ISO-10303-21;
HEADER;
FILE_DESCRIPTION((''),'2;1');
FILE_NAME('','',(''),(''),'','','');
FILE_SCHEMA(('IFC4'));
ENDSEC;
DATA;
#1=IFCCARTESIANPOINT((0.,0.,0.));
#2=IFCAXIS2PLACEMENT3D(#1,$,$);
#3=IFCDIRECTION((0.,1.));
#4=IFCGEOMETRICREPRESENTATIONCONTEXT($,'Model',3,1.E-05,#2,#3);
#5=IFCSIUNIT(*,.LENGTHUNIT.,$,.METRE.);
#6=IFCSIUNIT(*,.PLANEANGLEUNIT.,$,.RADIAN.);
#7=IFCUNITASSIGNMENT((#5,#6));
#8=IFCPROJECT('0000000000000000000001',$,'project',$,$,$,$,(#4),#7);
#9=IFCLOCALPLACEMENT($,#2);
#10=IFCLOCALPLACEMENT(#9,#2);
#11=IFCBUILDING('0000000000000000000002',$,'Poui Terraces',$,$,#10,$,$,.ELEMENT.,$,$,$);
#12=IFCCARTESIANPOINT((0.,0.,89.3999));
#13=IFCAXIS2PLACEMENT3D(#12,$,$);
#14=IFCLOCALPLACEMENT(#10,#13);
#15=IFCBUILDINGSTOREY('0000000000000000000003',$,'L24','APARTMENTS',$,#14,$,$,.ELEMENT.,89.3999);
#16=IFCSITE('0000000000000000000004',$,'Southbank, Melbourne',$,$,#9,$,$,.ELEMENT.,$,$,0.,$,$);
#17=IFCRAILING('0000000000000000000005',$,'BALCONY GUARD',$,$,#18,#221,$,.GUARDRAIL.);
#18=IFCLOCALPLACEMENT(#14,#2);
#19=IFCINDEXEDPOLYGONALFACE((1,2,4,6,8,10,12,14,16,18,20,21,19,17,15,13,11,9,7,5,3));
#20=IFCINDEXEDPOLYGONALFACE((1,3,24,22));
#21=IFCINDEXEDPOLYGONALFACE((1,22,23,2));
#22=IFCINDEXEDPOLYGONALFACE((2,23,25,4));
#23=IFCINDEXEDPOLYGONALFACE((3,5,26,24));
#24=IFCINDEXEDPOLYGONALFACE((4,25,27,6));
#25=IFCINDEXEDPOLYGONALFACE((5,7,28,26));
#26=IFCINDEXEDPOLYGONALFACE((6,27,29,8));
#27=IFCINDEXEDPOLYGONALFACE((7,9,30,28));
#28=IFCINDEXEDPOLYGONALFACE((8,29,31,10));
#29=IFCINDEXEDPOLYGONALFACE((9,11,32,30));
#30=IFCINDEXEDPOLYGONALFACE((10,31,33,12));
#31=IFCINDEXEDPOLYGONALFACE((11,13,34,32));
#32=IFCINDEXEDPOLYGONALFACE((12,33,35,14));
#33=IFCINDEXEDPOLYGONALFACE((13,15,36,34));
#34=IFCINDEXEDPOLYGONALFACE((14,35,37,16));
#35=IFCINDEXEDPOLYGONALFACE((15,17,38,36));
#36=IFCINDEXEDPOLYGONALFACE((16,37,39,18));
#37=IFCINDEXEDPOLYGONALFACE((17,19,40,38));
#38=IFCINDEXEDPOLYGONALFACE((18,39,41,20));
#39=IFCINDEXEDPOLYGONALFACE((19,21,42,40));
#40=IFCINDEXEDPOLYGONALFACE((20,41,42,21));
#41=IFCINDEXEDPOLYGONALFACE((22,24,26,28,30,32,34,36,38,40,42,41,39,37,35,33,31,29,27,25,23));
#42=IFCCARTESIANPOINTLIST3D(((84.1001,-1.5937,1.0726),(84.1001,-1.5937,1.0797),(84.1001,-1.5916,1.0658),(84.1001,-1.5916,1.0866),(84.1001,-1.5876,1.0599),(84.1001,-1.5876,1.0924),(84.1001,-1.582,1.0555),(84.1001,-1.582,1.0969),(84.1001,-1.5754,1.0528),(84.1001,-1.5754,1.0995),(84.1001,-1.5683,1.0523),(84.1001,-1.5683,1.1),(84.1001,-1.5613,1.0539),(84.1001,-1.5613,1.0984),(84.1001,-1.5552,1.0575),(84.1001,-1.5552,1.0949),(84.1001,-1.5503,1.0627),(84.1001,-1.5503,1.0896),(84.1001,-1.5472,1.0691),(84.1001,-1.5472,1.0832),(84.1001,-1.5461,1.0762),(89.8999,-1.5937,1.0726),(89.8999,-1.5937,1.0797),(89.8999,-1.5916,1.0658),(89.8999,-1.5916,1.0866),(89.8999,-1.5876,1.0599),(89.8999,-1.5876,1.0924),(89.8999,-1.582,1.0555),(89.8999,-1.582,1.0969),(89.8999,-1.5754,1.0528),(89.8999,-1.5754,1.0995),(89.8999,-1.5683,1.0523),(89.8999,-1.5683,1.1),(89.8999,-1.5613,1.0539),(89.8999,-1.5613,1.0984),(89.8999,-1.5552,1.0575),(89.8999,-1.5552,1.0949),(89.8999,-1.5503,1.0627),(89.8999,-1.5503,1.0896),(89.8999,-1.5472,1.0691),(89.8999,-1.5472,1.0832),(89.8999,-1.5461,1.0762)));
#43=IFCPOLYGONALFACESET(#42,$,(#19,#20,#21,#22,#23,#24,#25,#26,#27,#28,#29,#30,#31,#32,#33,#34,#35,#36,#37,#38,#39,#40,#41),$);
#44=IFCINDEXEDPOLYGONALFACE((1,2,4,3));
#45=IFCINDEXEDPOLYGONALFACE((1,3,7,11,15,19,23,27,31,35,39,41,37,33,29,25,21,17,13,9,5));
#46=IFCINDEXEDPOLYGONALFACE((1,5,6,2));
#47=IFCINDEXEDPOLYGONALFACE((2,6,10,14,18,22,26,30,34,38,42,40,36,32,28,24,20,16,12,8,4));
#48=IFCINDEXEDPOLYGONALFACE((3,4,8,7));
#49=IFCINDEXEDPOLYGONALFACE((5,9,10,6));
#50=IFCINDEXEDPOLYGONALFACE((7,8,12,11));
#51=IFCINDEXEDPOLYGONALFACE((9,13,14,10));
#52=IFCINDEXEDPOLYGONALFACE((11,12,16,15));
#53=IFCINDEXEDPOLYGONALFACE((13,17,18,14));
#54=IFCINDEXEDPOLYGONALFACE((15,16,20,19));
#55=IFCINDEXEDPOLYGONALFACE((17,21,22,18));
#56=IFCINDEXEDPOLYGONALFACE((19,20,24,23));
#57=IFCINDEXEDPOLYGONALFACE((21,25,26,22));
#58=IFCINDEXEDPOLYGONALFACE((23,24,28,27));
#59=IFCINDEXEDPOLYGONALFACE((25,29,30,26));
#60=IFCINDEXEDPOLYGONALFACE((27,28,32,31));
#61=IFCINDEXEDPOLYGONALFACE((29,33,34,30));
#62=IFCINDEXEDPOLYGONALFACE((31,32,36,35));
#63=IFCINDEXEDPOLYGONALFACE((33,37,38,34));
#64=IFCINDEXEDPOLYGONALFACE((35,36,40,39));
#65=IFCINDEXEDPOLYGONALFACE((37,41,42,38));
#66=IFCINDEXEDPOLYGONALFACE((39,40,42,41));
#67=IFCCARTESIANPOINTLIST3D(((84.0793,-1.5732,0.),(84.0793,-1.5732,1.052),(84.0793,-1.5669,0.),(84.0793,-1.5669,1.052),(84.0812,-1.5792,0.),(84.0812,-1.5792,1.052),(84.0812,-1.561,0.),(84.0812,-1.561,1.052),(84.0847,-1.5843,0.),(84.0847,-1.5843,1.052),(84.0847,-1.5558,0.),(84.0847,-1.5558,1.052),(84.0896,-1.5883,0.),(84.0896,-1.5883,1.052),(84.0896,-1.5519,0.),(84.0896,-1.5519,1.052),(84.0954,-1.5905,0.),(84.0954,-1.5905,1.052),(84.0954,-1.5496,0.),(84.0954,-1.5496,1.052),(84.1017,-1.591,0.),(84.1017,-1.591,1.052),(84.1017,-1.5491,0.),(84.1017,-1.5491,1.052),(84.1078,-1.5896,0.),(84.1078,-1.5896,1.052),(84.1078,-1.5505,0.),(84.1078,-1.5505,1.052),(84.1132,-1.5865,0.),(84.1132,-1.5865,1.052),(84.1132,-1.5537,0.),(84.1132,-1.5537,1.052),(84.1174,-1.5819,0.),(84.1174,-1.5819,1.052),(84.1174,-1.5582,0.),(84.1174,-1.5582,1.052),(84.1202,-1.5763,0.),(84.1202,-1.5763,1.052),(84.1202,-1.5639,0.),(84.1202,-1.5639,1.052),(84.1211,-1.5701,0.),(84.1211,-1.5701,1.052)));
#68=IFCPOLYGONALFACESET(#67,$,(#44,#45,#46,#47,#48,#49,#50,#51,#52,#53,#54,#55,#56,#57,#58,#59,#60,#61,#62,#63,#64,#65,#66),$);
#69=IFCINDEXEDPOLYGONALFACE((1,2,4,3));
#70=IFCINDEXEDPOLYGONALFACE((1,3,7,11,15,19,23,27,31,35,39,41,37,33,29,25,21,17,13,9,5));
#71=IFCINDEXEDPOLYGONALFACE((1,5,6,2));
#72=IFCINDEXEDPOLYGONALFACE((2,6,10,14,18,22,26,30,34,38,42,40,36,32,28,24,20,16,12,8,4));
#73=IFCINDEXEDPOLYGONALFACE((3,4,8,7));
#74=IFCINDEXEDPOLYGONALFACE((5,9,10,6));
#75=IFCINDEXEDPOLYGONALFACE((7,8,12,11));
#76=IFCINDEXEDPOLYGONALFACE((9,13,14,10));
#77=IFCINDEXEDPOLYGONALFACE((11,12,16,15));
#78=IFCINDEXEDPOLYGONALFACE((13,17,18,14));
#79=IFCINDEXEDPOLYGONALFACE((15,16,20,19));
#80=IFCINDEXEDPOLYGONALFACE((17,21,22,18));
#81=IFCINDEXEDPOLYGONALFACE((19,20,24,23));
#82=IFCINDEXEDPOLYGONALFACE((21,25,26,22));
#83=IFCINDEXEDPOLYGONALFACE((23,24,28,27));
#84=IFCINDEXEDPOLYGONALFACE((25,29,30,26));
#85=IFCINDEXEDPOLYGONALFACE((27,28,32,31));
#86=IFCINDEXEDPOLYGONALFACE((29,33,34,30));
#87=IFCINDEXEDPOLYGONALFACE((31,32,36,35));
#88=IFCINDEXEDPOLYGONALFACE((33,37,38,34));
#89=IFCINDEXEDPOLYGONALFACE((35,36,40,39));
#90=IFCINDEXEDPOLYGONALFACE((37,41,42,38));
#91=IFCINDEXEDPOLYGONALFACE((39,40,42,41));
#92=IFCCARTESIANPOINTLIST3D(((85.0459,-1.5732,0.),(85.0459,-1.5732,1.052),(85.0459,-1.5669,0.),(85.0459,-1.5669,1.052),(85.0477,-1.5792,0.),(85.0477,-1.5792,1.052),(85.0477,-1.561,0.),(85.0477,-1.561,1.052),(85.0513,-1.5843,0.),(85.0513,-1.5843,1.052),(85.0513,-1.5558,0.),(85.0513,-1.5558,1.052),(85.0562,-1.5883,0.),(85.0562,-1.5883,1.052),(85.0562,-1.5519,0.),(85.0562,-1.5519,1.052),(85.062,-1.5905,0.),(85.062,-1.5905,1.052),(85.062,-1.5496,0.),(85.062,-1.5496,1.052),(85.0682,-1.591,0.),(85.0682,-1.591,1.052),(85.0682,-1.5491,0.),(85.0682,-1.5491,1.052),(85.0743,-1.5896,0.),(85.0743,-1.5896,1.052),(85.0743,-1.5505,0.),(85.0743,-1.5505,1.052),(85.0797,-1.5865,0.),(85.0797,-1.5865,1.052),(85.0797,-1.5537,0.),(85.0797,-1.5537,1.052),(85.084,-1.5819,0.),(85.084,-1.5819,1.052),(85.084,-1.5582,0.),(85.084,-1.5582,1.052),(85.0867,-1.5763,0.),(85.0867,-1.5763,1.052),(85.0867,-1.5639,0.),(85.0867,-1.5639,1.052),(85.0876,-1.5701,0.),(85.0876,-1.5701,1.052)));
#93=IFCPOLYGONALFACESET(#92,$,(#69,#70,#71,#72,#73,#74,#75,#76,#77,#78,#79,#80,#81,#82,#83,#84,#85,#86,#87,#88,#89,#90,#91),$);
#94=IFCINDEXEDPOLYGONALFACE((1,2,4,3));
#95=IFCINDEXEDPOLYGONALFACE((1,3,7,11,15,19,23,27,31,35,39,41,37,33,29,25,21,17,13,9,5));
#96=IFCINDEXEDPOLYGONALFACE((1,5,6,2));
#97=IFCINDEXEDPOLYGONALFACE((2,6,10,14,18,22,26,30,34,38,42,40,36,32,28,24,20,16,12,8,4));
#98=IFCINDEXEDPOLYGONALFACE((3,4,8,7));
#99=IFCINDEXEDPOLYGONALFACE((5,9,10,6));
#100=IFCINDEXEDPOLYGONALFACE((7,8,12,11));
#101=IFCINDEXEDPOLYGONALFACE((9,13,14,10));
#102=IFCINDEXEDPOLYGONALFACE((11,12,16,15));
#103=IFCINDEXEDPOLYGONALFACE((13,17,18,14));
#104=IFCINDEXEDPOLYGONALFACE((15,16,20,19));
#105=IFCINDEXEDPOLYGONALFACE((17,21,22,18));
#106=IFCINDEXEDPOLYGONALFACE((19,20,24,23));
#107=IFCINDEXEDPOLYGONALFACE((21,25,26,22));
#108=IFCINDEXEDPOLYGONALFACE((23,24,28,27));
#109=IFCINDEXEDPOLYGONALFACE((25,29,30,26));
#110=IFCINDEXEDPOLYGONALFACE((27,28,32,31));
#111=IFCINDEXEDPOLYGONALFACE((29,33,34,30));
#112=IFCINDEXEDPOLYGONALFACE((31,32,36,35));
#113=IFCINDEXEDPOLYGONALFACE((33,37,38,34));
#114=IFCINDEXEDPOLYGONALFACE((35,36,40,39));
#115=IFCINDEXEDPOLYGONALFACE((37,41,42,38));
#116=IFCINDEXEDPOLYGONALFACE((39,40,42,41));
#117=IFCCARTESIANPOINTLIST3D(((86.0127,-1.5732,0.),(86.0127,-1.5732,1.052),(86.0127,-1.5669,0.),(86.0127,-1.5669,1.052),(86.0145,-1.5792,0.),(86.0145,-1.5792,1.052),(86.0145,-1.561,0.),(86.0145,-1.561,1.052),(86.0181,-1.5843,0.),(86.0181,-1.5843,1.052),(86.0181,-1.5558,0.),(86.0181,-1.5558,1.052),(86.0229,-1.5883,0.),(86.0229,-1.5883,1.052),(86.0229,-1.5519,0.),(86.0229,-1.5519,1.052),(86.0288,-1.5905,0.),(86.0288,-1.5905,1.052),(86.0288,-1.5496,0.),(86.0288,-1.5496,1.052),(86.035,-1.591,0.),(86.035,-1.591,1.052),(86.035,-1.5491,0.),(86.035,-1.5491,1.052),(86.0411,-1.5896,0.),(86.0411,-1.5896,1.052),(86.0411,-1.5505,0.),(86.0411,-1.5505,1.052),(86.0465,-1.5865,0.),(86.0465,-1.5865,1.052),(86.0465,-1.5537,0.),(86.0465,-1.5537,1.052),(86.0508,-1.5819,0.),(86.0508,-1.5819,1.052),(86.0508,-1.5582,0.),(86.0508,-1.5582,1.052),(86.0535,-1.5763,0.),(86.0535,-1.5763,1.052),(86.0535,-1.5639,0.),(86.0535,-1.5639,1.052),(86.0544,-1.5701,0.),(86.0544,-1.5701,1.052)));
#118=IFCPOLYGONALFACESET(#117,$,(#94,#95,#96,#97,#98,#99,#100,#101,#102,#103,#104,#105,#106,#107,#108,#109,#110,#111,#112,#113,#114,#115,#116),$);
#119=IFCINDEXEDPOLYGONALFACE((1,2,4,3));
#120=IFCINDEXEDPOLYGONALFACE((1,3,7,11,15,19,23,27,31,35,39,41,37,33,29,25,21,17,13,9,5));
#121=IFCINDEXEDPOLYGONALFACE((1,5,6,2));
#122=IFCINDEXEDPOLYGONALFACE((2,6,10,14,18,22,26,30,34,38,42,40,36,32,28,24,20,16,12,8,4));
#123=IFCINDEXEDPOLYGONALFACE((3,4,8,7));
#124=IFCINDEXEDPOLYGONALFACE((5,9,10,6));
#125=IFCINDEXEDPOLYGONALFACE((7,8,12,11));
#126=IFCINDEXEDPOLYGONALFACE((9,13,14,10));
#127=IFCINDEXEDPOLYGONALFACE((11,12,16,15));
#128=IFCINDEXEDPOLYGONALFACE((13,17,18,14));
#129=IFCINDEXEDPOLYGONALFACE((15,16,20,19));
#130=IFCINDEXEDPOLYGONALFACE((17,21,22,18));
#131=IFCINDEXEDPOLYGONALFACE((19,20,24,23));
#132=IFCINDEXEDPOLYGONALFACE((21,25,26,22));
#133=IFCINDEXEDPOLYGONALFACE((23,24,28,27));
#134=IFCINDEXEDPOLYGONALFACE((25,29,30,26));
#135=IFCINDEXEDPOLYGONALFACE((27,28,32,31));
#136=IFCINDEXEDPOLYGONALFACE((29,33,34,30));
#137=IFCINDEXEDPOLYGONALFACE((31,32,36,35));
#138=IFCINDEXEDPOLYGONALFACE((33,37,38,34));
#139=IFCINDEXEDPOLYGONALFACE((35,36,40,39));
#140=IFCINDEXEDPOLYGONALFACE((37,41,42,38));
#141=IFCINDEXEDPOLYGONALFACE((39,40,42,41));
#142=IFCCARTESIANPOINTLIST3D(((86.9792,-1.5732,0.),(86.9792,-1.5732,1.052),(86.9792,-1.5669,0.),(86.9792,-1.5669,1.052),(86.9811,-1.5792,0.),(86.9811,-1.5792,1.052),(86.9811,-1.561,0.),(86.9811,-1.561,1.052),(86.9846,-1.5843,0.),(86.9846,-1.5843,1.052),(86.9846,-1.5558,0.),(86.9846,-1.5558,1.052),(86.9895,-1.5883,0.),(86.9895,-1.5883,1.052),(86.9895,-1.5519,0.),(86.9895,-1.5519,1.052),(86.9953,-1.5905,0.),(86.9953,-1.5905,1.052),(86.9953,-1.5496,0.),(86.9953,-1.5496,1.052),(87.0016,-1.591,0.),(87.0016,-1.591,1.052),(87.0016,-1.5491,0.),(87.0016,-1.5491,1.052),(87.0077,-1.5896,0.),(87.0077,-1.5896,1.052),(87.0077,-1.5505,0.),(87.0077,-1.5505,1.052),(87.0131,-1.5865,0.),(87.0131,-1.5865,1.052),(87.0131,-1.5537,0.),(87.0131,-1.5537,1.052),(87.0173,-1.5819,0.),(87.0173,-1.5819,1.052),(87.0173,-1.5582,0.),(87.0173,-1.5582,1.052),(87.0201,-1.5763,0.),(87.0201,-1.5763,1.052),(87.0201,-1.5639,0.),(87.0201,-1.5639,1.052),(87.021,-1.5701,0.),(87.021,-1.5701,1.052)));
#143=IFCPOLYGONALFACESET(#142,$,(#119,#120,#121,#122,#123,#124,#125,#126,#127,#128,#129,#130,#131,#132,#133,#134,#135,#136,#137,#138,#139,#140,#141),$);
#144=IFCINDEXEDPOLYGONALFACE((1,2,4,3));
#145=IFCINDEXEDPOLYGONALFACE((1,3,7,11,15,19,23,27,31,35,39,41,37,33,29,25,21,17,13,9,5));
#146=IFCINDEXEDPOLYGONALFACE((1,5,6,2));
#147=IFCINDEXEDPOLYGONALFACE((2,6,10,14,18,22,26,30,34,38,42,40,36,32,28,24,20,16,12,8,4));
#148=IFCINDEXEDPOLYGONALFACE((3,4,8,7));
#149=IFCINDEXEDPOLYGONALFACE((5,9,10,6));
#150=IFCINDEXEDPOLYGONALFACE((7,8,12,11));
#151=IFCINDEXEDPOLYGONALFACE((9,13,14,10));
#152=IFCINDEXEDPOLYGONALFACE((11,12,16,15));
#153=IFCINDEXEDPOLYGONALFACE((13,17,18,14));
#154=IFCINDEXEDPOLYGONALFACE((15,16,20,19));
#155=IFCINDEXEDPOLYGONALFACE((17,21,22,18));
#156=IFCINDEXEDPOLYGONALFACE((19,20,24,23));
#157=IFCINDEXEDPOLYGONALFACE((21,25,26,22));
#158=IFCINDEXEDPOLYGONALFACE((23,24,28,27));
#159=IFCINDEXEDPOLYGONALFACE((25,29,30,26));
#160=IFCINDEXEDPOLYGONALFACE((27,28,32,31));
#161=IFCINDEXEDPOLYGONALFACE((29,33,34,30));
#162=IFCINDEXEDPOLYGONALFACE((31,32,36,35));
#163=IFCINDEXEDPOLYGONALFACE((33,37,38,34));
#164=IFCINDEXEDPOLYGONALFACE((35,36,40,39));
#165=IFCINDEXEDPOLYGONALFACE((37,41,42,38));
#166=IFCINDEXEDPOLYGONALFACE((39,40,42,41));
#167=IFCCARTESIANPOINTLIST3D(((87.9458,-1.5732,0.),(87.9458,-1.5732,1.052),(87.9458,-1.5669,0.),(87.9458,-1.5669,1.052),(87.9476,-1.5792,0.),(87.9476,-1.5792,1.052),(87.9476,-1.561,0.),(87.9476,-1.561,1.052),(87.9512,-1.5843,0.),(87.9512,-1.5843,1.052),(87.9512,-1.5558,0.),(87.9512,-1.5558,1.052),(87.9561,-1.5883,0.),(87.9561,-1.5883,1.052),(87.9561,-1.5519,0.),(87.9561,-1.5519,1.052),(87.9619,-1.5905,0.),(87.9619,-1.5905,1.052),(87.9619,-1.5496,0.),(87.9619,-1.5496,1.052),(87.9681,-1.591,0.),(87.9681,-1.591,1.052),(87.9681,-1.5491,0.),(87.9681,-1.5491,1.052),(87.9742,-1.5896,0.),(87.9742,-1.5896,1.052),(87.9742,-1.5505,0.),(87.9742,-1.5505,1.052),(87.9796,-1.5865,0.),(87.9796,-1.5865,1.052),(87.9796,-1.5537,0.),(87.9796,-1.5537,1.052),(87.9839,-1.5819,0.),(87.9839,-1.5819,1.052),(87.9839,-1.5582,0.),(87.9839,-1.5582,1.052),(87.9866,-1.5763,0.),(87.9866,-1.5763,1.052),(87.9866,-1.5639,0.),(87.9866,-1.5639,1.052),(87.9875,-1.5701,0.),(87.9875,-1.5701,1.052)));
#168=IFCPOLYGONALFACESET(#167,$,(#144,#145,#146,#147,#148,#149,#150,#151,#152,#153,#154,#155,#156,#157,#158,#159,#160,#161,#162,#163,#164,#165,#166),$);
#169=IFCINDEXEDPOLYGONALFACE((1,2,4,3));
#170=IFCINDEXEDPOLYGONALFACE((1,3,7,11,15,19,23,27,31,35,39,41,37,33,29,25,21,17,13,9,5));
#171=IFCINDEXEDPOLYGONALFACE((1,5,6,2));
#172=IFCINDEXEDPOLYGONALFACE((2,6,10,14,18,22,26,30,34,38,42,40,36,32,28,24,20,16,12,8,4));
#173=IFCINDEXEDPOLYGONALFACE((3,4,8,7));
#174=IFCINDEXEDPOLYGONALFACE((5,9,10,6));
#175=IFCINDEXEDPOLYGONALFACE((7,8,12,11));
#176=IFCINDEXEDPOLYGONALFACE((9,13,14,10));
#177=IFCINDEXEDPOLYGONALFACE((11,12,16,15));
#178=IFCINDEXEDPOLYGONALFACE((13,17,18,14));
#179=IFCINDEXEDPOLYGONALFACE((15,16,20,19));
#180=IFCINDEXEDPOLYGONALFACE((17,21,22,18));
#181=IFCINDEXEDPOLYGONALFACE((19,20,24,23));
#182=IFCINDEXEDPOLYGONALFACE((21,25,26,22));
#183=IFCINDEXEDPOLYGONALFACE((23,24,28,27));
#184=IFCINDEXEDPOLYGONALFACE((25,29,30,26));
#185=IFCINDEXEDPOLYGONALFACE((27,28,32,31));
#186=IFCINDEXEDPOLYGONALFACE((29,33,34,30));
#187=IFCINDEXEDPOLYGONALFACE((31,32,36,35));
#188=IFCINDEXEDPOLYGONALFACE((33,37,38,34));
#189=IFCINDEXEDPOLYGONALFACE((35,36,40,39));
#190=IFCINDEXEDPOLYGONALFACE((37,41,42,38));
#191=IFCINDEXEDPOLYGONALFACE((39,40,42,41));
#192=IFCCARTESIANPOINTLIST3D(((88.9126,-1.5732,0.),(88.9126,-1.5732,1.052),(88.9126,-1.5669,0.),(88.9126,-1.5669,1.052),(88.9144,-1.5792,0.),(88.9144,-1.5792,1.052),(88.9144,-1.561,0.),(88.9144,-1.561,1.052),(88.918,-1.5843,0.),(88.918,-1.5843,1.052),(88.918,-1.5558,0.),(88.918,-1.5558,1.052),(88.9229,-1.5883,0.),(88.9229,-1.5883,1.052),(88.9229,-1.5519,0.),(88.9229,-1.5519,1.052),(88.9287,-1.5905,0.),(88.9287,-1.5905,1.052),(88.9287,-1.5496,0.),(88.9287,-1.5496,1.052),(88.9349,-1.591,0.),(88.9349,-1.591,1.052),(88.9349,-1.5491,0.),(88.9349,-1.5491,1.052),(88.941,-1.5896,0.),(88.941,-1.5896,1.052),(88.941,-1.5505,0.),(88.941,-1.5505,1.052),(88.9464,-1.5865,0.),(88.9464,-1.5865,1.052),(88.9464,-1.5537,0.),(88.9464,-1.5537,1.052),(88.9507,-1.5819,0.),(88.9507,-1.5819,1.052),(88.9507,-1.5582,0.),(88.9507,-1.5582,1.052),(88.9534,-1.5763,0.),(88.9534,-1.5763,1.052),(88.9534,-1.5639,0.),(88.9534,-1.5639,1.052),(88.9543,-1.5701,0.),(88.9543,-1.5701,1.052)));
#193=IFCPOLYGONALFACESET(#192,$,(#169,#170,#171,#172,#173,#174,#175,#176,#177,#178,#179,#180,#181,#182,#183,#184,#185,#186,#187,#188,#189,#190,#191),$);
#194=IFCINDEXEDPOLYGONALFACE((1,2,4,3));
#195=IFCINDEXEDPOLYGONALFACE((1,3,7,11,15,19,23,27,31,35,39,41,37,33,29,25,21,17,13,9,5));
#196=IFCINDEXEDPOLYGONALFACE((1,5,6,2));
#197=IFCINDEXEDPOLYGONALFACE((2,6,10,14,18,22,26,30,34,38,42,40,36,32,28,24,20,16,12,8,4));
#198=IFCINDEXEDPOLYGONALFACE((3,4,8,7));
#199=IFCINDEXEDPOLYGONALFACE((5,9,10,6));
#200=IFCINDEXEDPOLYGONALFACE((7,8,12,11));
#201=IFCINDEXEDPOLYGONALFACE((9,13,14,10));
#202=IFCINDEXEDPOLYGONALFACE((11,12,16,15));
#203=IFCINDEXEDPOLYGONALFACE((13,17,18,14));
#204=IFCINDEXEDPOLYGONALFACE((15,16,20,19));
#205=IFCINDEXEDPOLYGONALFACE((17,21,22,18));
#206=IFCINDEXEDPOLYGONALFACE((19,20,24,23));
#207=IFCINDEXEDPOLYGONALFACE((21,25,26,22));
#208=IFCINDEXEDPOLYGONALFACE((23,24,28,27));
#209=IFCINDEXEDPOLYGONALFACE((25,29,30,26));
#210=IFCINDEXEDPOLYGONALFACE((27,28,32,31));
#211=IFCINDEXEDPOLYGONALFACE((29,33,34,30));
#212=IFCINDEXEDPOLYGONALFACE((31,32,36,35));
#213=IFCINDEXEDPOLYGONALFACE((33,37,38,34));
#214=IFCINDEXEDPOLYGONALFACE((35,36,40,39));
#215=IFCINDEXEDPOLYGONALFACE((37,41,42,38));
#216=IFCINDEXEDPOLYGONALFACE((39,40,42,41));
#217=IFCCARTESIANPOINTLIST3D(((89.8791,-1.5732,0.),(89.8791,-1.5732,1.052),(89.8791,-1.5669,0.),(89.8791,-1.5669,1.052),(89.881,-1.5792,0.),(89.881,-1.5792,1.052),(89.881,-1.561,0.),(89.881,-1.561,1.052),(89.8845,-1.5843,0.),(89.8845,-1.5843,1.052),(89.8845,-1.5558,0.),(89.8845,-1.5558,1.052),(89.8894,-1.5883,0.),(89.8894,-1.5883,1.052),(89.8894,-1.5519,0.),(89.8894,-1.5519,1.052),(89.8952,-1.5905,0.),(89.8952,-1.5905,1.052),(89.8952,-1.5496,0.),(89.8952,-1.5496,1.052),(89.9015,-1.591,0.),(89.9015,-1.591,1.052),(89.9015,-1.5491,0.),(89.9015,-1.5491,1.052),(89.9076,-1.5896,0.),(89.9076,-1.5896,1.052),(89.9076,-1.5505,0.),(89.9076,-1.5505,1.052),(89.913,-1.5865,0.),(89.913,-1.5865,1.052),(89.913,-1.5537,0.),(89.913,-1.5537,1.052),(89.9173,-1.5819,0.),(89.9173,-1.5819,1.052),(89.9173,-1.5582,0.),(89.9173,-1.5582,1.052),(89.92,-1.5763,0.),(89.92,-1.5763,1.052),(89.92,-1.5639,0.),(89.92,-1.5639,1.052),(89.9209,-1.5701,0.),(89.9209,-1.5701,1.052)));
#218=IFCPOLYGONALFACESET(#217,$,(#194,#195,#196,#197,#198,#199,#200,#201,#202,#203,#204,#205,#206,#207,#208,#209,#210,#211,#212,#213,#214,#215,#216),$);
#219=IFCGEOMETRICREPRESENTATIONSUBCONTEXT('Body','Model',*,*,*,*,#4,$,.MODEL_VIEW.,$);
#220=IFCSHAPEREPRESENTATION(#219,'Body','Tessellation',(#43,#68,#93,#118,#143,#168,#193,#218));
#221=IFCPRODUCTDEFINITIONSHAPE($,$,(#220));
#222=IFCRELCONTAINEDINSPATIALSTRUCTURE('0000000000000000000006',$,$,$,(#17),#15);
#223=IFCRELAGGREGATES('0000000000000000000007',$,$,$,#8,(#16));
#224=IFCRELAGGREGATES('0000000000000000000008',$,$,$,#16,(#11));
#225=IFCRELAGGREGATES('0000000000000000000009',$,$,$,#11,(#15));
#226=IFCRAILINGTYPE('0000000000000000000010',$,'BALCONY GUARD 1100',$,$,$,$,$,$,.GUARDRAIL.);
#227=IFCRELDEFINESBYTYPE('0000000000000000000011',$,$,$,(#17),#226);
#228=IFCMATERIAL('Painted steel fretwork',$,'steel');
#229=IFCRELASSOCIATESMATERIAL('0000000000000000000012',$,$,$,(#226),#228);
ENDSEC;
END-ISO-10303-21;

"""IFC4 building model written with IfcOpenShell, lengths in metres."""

from ifc_helpers import new_model, si_unit, direction, frame, origin, origin_2d, place, context, subcontext, project, spatial, circle, extrude, material, type_object, element, save


model = new_model("IFC4")

# Units and contexts
model_context = context("Model", 3, precision=1e-05, world=origin(), true_north=direction((0.0, 1.0)))
body_context = subcontext(model_context, "Body", "Model", "MODEL_VIEW")
ifc_project = project(units=[si_unit("LENGTHUNIT", "METRE"), si_unit("PLANEANGLEUNIT", "RADIAN")], contexts=[model_context])

# Site, building, storey
site_placement = place(None, origin())
site = spatial("IfcSite", under=ifc_project, at=site_placement, Name="Southbank, Melbourne", CompositionType="ELEMENT", RefElevation=0.0)
building_placement = place(site_placement, origin())
building = spatial("IfcBuilding", under=site, at=building_placement, Name="Poui Terraces", CompositionType="ELEMENT")
storey_placement = place(building_placement, frame((0.0, 0.0, 89.3999)))
storey = spatial("IfcBuildingStorey", under=building, at=storey_placement, Name="L24", Description="APARTMENTS", CompositionType="ELEMENT", Elevation=89.3999)

# Railing
ifc_material_1 = material(Name="Painted steel fretwork", Category="steel")
railing_type = type_object("IfcRailingType", Name="BALCONY GUARD 1100", PredefinedType="GUARDRAIL", material=ifc_material_1)
railing_placement = place(storey_placement, frame((84.1001, -1.5701, 0.0)))
element("IfcRailing", 1, at=railing_placement, inside=storey, type_object=railing_type, Name="BALCONY GUARD", PredefinedType="GUARDRAIL", context=body_context, shape_type="SweptSolid", body=[
    extrude(circle(Radius=0.0239, at=origin_2d()), frame((0.0, 0.0, 1.0762), z_axis=(1.0, 0.0, 0.0), x_axis=(0.0, 1.0, 0.0)), (0.0, 0.0, 1.0), 5.7998),
    extrude(circle(Radius=0.021, at=origin_2d()), origin(), (0.0, 0.0, 1.0), 1.052),
    extrude(circle(Radius=0.021, at=origin_2d()), frame((0.9666, 0.0, 0.0)), (0.0, 0.0, 1.0), 1.052),
    extrude(circle(Radius=0.021, at=origin_2d()), frame((1.9333, 0.0, 0.0)), (0.0, 0.0, 1.0), 1.052),
    extrude(circle(Radius=0.021, at=origin_2d()), frame((2.8999, 0.0, 0.0)), (0.0, 0.0, 1.0), 1.052),
    extrude(circle(Radius=0.021, at=origin_2d()), frame((3.8665, 0.0, 0.0)), (0.0, 0.0, 1.0), 1.052),
    extrude(circle(Radius=0.021, at=origin_2d()), frame((4.8333, 0.0, 0.0)), (0.0, 0.0, 1.0), 1.052),
    extrude(circle(Radius=0.021, at=origin_2d()), frame((5.7998, 0.0, 0.0)), (0.0, 0.0, 1.0), 1.052),
])

save(model, "model.ifc")
